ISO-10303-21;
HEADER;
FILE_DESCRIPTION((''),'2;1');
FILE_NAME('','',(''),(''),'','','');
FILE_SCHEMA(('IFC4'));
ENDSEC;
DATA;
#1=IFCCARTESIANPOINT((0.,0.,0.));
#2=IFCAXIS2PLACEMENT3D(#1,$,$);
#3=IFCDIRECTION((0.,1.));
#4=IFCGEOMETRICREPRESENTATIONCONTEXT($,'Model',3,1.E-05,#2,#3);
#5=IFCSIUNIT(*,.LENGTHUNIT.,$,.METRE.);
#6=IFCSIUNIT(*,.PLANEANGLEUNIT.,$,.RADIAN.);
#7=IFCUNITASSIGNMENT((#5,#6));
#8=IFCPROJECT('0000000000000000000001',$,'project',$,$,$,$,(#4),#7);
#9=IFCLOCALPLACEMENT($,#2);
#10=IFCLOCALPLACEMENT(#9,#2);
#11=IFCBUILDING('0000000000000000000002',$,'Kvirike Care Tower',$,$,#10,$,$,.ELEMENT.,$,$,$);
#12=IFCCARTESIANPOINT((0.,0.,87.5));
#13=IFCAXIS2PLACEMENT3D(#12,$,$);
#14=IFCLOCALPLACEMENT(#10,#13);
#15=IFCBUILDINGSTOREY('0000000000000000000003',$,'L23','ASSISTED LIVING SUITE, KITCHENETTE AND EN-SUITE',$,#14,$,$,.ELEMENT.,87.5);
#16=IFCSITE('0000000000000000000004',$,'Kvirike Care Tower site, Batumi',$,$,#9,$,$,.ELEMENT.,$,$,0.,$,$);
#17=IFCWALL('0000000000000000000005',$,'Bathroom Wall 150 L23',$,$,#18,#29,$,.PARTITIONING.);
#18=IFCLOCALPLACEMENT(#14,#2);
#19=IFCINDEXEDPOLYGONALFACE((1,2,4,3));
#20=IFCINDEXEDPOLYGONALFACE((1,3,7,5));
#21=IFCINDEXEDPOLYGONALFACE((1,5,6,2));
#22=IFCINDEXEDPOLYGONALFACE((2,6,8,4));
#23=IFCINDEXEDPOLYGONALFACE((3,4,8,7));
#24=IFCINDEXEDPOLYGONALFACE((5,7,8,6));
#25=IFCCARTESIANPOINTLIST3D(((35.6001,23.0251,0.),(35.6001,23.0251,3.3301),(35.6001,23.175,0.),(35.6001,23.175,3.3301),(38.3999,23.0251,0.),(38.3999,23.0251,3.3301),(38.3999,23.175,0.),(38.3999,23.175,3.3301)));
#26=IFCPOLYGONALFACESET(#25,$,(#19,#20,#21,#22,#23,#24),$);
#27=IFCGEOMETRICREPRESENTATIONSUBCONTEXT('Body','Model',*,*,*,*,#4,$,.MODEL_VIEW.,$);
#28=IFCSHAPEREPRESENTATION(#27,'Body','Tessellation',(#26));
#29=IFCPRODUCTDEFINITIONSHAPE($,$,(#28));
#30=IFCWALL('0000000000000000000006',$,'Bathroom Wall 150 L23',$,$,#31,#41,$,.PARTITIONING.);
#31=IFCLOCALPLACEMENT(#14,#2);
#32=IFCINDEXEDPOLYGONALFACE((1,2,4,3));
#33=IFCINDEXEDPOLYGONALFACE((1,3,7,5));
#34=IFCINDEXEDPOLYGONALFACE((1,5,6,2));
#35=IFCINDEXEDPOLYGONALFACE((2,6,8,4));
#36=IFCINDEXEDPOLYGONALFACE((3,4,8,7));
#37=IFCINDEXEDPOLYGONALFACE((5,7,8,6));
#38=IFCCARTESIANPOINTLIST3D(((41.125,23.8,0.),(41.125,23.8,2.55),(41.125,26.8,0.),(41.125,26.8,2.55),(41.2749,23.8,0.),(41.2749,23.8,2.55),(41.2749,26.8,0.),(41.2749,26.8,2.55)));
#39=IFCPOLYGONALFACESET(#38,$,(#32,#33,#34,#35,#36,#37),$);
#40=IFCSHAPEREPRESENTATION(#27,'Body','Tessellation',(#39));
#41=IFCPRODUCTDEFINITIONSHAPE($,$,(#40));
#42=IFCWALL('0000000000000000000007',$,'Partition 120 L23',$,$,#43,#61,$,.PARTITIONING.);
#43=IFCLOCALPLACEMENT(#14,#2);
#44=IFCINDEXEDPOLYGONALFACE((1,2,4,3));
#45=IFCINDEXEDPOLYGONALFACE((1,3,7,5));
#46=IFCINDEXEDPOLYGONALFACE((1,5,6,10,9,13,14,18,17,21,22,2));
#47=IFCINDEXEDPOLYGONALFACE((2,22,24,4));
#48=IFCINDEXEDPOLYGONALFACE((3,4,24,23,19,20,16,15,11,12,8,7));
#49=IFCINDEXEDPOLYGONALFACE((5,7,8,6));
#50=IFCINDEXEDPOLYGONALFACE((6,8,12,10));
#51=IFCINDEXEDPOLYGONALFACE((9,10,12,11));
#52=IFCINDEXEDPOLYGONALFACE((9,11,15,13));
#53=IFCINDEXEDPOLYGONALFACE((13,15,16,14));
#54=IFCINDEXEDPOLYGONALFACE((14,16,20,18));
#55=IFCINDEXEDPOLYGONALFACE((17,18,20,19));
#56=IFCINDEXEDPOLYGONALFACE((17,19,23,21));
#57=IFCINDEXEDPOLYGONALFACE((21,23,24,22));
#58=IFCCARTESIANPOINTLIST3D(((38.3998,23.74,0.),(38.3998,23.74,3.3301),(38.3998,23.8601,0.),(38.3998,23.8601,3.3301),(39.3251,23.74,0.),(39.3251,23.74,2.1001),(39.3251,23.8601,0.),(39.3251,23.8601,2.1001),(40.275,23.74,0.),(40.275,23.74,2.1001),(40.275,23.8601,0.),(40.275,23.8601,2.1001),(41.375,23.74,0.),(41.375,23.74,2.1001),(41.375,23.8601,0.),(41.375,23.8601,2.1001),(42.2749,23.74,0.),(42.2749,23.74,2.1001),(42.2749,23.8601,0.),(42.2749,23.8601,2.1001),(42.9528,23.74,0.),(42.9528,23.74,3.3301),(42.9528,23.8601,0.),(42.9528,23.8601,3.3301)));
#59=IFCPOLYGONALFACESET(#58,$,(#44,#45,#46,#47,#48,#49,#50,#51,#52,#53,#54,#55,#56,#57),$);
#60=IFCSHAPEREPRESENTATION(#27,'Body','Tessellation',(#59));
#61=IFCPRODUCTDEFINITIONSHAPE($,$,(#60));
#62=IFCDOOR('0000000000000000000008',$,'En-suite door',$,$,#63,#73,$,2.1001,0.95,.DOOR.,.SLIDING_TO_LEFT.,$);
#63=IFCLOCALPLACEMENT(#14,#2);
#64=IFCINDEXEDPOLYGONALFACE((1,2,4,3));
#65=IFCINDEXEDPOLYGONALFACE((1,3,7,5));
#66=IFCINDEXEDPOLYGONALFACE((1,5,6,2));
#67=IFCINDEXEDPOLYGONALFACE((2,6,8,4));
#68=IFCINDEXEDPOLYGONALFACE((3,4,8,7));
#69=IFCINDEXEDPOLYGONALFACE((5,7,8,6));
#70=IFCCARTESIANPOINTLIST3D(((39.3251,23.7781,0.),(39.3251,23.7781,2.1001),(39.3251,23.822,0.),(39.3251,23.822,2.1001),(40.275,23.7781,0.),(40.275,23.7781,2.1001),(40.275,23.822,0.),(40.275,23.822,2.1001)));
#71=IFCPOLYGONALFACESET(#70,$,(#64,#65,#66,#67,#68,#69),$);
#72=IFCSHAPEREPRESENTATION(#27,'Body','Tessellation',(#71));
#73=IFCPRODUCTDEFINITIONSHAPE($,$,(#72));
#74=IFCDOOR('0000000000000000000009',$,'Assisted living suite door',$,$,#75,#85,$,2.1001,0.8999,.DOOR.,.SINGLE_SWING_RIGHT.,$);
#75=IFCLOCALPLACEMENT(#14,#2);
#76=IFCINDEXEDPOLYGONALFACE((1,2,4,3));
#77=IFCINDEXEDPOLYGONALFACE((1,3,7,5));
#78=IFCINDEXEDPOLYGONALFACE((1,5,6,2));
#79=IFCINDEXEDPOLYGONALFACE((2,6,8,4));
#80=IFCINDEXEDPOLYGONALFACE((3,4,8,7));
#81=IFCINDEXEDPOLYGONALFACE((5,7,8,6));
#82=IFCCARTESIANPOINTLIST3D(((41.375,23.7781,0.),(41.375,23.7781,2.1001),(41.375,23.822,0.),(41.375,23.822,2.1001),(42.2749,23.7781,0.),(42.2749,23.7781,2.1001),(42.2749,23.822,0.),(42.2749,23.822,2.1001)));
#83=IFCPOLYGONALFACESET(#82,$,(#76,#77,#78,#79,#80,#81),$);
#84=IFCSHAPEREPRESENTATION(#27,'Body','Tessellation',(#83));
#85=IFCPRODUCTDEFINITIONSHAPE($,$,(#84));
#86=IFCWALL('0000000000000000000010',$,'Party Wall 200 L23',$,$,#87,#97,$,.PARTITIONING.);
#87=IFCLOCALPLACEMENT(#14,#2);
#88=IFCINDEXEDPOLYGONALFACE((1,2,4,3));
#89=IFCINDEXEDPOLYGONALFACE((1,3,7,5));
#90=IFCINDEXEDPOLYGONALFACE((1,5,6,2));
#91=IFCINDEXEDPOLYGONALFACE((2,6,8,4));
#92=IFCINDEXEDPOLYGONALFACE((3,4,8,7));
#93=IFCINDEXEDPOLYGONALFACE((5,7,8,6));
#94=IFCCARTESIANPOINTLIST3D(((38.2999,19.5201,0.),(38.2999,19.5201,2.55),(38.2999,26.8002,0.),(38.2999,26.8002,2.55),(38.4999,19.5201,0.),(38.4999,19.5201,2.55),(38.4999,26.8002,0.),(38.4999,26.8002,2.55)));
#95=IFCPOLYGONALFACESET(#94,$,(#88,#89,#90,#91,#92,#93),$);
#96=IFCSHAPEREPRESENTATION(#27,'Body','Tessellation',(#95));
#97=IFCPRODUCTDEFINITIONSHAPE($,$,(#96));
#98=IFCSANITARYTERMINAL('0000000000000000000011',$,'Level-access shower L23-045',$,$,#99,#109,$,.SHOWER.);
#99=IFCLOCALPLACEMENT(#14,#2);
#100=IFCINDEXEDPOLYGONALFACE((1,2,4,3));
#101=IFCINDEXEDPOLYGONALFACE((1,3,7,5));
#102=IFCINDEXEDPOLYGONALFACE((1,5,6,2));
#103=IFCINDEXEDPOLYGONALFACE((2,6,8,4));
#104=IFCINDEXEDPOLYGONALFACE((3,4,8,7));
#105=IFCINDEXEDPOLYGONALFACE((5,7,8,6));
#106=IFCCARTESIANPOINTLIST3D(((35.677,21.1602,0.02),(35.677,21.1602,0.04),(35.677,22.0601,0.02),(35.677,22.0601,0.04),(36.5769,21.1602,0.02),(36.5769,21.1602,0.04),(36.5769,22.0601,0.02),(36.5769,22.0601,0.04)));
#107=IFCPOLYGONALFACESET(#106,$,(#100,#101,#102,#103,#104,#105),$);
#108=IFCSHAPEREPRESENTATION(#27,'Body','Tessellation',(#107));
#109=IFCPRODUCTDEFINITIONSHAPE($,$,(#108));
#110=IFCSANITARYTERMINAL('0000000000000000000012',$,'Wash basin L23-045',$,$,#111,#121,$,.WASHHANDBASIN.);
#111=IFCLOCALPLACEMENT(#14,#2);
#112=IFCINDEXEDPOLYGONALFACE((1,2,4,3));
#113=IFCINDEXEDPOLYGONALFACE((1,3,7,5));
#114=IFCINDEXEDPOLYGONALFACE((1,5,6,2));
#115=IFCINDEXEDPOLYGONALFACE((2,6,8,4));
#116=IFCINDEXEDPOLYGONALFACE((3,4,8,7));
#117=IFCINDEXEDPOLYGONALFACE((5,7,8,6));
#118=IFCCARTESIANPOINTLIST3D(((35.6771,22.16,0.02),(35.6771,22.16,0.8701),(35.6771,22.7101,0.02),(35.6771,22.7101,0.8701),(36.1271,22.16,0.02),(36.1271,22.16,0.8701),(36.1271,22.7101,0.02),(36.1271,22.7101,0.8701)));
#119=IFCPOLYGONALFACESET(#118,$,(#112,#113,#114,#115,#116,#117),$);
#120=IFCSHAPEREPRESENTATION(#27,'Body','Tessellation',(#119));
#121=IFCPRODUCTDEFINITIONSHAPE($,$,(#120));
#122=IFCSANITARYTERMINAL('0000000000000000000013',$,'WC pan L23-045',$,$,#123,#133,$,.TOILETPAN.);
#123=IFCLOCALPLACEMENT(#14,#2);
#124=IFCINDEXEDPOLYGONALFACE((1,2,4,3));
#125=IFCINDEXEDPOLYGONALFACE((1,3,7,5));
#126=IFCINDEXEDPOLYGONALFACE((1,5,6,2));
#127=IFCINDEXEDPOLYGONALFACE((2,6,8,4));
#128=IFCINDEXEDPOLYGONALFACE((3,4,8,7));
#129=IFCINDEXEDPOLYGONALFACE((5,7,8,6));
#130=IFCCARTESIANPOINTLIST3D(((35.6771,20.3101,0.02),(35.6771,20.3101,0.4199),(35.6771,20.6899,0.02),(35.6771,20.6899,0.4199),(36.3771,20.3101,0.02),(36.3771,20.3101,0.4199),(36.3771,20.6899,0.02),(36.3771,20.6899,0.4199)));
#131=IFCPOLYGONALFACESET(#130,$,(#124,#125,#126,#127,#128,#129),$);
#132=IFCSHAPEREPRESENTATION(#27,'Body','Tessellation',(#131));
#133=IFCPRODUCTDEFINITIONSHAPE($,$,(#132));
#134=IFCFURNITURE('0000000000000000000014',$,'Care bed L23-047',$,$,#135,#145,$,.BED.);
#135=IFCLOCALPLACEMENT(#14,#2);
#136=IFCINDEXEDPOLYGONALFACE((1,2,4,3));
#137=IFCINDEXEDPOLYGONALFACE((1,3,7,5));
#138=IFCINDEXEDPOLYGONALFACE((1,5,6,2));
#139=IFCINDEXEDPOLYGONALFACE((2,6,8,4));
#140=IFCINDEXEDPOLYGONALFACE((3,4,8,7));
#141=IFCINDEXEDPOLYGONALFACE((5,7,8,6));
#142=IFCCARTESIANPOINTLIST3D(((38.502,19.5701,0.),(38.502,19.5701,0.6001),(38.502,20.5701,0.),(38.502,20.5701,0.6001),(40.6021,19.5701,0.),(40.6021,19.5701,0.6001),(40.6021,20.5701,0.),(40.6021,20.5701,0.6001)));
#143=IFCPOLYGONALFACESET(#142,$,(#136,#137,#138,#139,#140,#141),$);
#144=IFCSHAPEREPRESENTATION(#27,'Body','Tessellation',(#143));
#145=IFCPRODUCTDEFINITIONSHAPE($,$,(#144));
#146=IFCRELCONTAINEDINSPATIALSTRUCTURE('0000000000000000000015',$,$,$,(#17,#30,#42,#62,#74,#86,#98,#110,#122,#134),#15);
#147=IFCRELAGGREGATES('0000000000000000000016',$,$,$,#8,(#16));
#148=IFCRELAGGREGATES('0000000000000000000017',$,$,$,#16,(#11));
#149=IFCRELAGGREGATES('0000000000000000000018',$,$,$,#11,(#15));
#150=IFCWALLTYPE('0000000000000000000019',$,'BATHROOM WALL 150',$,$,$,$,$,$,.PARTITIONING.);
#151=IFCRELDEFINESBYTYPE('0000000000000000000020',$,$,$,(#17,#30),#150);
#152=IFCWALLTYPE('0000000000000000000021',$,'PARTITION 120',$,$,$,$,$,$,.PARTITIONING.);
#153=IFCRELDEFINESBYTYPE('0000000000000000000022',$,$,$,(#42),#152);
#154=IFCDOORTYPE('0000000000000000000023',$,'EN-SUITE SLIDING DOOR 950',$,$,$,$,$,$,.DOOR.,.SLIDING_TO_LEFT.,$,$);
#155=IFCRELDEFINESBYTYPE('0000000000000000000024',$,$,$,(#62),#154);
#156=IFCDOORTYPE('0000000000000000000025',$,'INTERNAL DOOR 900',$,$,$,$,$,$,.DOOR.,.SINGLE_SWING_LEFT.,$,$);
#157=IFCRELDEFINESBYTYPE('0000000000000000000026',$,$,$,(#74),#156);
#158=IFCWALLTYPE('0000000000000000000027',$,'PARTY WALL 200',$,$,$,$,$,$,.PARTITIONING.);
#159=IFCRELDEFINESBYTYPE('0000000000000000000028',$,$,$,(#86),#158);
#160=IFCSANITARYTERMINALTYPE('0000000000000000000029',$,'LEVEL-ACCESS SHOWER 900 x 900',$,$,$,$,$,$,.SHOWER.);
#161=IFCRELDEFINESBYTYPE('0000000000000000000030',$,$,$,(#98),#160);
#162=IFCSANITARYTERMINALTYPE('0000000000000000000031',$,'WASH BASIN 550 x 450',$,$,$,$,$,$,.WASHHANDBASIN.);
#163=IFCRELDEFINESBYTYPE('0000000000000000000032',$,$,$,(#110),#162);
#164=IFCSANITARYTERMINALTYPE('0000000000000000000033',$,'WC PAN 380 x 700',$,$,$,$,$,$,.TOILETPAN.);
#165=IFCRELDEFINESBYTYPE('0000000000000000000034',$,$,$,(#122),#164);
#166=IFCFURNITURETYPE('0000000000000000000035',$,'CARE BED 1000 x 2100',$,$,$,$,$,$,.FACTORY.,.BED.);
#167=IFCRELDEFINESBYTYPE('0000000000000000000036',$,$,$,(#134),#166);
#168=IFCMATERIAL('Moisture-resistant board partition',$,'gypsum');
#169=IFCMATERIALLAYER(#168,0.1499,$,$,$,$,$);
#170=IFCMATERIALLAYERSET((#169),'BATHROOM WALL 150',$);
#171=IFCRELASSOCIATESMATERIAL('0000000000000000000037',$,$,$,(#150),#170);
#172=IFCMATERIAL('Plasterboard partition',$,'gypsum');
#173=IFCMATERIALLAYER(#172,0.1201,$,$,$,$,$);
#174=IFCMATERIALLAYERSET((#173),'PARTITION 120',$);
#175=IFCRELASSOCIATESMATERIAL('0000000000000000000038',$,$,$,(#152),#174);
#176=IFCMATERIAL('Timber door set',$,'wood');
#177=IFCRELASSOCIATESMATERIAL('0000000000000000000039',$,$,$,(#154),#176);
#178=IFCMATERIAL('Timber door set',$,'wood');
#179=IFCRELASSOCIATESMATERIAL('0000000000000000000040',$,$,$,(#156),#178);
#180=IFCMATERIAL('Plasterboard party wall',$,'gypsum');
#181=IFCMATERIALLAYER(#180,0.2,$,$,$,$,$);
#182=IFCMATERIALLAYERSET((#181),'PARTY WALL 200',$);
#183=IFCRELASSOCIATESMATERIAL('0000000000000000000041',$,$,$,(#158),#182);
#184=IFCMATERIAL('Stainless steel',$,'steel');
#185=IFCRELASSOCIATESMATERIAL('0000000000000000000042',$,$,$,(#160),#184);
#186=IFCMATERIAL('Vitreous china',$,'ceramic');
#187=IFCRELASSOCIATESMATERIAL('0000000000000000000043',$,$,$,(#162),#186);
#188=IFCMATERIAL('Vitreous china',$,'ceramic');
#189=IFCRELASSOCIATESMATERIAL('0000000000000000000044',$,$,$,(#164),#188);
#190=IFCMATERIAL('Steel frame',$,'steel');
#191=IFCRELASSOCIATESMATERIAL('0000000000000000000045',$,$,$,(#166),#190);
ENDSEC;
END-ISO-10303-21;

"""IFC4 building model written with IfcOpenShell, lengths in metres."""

from ifc_helpers import new_model, si_unit, direction, frame, frame_2d, origin, origin_2d, place, context, subcontext, project, spatial, rectangle, extrude, material, layer, layer_set, type_object, element, fill, save


model = new_model("IFC4")

# Units and contexts
model_context = context("Model", 3, precision=1e-05, world=origin(), true_north=direction((0.0, 1.0)))
body_context = subcontext(model_context, "Body", "Model", "MODEL_VIEW")
ifc_project = project(units=[si_unit("LENGTHUNIT", "METRE"), si_unit("PLANEANGLEUNIT", "RADIAN")], contexts=[model_context])

# Site, building, storey
site_placement = place(None, origin())
site = spatial("IfcSite", under=ifc_project, at=site_placement, Name="Kvirike Care Tower site, Batumi", CompositionType="ELEMENT", RefElevation=0.0)
building_placement = place(site_placement, origin())
building = spatial("IfcBuilding", under=site, at=building_placement, Name="Kvirike Care Tower", CompositionType="ELEMENT")
storey_placement = place(building_placement, frame((0.0, 0.0, 87.5)))
storey = spatial("IfcBuildingStorey", under=building, at=storey_placement, Name="L23", Description="ASSISTED LIVING SUITE, KITCHENETTE AND EN-SUITE", CompositionType="ELEMENT", Elevation=87.5)

# Walls
ifc_material_1 = material(Name="Moisture-resistant board partition", Category="gypsum")
ifc_layer_1 = layer(ifc_material_1, 0.1499)
ifc_layer_set_1 = layer_set([ifc_layer_1], Name="BATHROOM WALL 150")
wall_type_1 = type_object("IfcWallType", Name="BATHROOM WALL 150", PredefinedType="PARTITIONING", material=ifc_layer_set_1)
wall_1_placement = place(storey_placement, frame((35.6001, 23.1001, 0.0), z_axis=(0.0, 0.0, 1.0), x_axis=(1.0, 0.0, 0.0)))
element("IfcWall", 1, at=wall_1_placement, inside=storey, type_object=wall_type_1, Name="Bathroom Wall 150 L23", PredefinedType="PARTITIONING", context=body_context, shape_type="SweptSolid", body=[
    extrude(rectangle(XDim=2.7998, YDim=0.1499, at=frame_2d((1.3999, 0.0))), origin(), (0.0, 0.0, 1.0), 3.3301),
])
wall_2_placement = place(storey_placement, frame((41.2, 23.8, 0.0), z_axis=(0.0, 0.0, 1.0), x_axis=(0.0, 1.0, 0.0)))
element("IfcWall", 2, at=wall_2_placement, inside=storey, type_object=wall_type_1, Name="Bathroom Wall 150 L23", PredefinedType="PARTITIONING", context=body_context, shape_type="SweptSolid", body=[
    extrude(rectangle(XDim=3.0, YDim=0.1499, at=frame_2d((1.5, 0.0))), origin(), (0.0, 0.0, 1.0), 2.55),
])

# Wall, openings, doors
ifc_material_2 = material(Name="Plasterboard partition", Category="gypsum")
ifc_layer_2 = layer(ifc_material_2, 0.1201)
ifc_layer_set_2 = layer_set([ifc_layer_2], Name="PARTITION 120")
wall_type_2 = type_object("IfcWallType", Name="PARTITION 120", PredefinedType="PARTITIONING", material=ifc_layer_set_2)
wall_3_placement = place(storey_placement, frame((38.3999, 23.8, 0.0), z_axis=(0.0, 0.0, 1.0), x_axis=(1.0, 0.0, 0.0)))
wall_3 = element("IfcWall", 3, at=wall_3_placement, inside=storey, type_object=wall_type_2, Name="Partition 120 L23", PredefinedType="PARTITIONING", context=body_context, shape_type="SweptSolid", body=[
    extrude(rectangle(XDim=4.553, YDim=0.1201, at=frame_2d((2.2764, 0.0))), origin(), (0.0, 0.0, 1.0), 3.3301),
])
opening_1_placement = place(wall_3_placement, frame((2.9751, 0.0, 0.0)))
opening_1 = element("IfcOpeningElement", 4, at=opening_1_placement, cuts=wall_3, PredefinedType="OPENING", context=body_context, shape_type="SweptSolid", body=[
    extrude(rectangle(XDim=0.8999, YDim=2.1001, at=frame_2d((0.45, 1.05))), frame((0.0, 0.0706, 0.0), z_axis=(0.0, -1.0, 0.0), x_axis=(1.0, 0.0, 0.0)), (0.0, 0.0, 1.0), 0.1411),
])
opening_2_placement = place(wall_3_placement, frame((0.925, 0.0, 0.0)))
opening_2 = element("IfcOpeningElement", 5, at=opening_2_placement, cuts=wall_3, PredefinedType="OPENING", context=body_context, shape_type="SweptSolid", body=[
    extrude(rectangle(XDim=0.95, YDim=2.1001, at=frame_2d((0.4751, 1.05))), frame((0.0, 0.0706, 0.0), z_axis=(0.0, -1.0, 0.0), x_axis=(1.0, 0.0, 0.0)), (0.0, 0.0, 1.0), 0.1411),
])
ifc_material_3 = material(Name="Timber door set", Category="wood")
door_type_1 = type_object("IfcDoorType", Name="EN-SUITE SLIDING DOOR 950", OperationType="SLIDING_TO_LEFT", PredefinedType="DOOR", material=ifc_material_3)
door_1_placement = place(opening_2_placement, origin())
door_1 = element("IfcDoor", 6, at=door_1_placement, inside=storey, type_object=door_type_1, Name="En-suite door", OperationType="SLIDING_TO_LEFT", OverallHeight=2.1001, OverallWidth=0.95, PredefinedType="DOOR", context=body_context, shape_type="SweptSolid", body=[
    extrude(rectangle(XDim=0.95, YDim=2.1001, at=frame_2d((0.4751, 1.05))), frame((0.0, 0.022, 0.0), z_axis=(0.0, -1.0, 0.0), x_axis=(1.0, 0.0, 0.0)), (0.0, 0.0, 1.0), 0.0439),
])
fill(opening_2, door_1)
ifc_material_4 = material(Name="Timber door set", Category="wood")
door_type_2 = type_object("IfcDoorType", Name="INTERNAL DOOR 900", OperationType="SINGLE_SWING_LEFT", PredefinedType="DOOR", material=ifc_material_4)
door_2_placement = place(opening_1_placement, origin())
door_2 = element("IfcDoor", 7, at=door_2_placement, inside=storey, type_object=door_type_2, Name="Assisted living suite door", OperationType="SINGLE_SWING_RIGHT", OverallHeight=2.1001, OverallWidth=0.8999, PredefinedType="DOOR", context=body_context, shape_type="SweptSolid", body=[
    extrude(rectangle(XDim=0.8999, YDim=2.1001, at=frame_2d((0.45, 1.05))), frame((0.0, 0.022, 0.0), z_axis=(0.0, -1.0, 0.0), x_axis=(1.0, 0.0, 0.0)), (0.0, 0.0, 1.0), 0.0439),
])
fill(opening_1, door_2)

# Wall
ifc_material_5 = material(Name="Plasterboard party wall", Category="gypsum")
ifc_layer_3 = layer(ifc_material_5, 0.2)
ifc_layer_set_3 = layer_set([ifc_layer_3], Name="PARTY WALL 200")
wall_type_3 = type_object("IfcWallType", Name="PARTY WALL 200", PredefinedType="PARTITIONING", material=ifc_layer_set_3)
wall_4_placement = place(storey_placement, frame((38.3999, 19.52, 0.0), z_axis=(0.0, 0.0, 1.0), x_axis=(0.0, 1.0, 0.0)))
element("IfcWall", 8, at=wall_4_placement, inside=storey, type_object=wall_type_3, Name="Party Wall 200 L23", PredefinedType="PARTITIONING", context=body_context, shape_type="SweptSolid", body=[
    extrude(rectangle(XDim=7.28, YDim=0.2, at=frame_2d((3.6401, 0.0))), origin(), (0.0, 0.0, 1.0), 2.55),
])

# Sanitary terminals
ifc_material_6 = material(Name="Stainless steel", Category="steel")
sanitary_terminal_type_1 = type_object("IfcSanitaryTerminalType", Name="LEVEL-ACCESS SHOWER 900 x 900", PredefinedType="SHOWER", material=ifc_material_6)
sanitary_terminal_1_placement = place(storey_placement, frame((36.127, 21.6101, 0.02), z_axis=(0.0, 0.0, 1.0), x_axis=(0.0, 1.0, 0.0)))
element("IfcSanitaryTerminal", 9, at=sanitary_terminal_1_placement, inside=storey, type_object=sanitary_terminal_type_1, Name="Level-access shower L23-045", PredefinedType="SHOWER", context=body_context, shape_type="SweptSolid", body=[
    extrude(rectangle(XDim=0.8999, YDim=0.8999, at=origin_2d()), origin(), (0.0, 0.0, 1.0), 0.02),
])
ifc_material_7 = material(Name="Vitreous china", Category="ceramic")
sanitary_terminal_type_2 = type_object("IfcSanitaryTerminalType", Name="WASH BASIN 550 x 450", PredefinedType="WASHHANDBASIN", material=ifc_material_7)
sanitary_terminal_2_placement = place(storey_placement, frame((35.9021, 22.4351, 0.02), z_axis=(0.0, 0.0, 1.0), x_axis=(0.0, 1.0, 0.0)))
element("IfcSanitaryTerminal", 10, at=sanitary_terminal_2_placement, inside=storey, type_object=sanitary_terminal_type_2, Name="Wash basin L23-045", PredefinedType="WASHHANDBASIN", context=body_context, shape_type="SweptSolid", body=[
    extrude(rectangle(XDim=0.55, YDim=0.45, at=origin_2d()), origin(), (0.0, 0.0, 1.0), 0.8501),
])
ifc_material_8 = material(Name="Vitreous china", Category="ceramic")
sanitary_terminal_type_3 = type_object("IfcSanitaryTerminalType", Name="WC PAN 380 x 700", PredefinedType="TOILETPAN", material=ifc_material_8)
sanitary_terminal_3_placement = place(storey_placement, frame((36.0271, 20.5, 0.02), z_axis=(0.0, 0.0, 1.0), x_axis=(0.0, 1.0, 0.0)))
element("IfcSanitaryTerminal", 11, at=sanitary_terminal_3_placement, inside=storey, type_object=sanitary_terminal_type_3, Name="WC pan L23-045", PredefinedType="TOILETPAN", context=body_context, shape_type="SweptSolid", body=[
    extrude(rectangle(XDim=0.3799, YDim=0.7, at=origin_2d()), origin(), (0.0, 0.0, 1.0), 0.3999),
])

# Furniture
ifc_material_9 = material(Name="Steel frame", Category="steel")
furniture_type = type_object("IfcFurnitureType", Name="CARE BED 1000 x 2100", AssemblyPlace="FACTORY", PredefinedType="BED", material=ifc_material_9)
furniture_placement = place(storey_placement, frame((39.552, 20.0701, 0.0), z_axis=(0.0, 0.0, 1.0), x_axis=(0.0, 1.0, 0.0)))
element("IfcFurniture", 12, at=furniture_placement, inside=storey, type_object=furniture_type, Name="Care bed L23-047", PredefinedType="BED", context=body_context, shape_type="SweptSolid", body=[
    extrude(rectangle(XDim=1.0, YDim=2.1001, at=origin_2d()), origin(), (0.0, 0.0, 1.0), 0.6001),
])

save(model, "model.ifc")
